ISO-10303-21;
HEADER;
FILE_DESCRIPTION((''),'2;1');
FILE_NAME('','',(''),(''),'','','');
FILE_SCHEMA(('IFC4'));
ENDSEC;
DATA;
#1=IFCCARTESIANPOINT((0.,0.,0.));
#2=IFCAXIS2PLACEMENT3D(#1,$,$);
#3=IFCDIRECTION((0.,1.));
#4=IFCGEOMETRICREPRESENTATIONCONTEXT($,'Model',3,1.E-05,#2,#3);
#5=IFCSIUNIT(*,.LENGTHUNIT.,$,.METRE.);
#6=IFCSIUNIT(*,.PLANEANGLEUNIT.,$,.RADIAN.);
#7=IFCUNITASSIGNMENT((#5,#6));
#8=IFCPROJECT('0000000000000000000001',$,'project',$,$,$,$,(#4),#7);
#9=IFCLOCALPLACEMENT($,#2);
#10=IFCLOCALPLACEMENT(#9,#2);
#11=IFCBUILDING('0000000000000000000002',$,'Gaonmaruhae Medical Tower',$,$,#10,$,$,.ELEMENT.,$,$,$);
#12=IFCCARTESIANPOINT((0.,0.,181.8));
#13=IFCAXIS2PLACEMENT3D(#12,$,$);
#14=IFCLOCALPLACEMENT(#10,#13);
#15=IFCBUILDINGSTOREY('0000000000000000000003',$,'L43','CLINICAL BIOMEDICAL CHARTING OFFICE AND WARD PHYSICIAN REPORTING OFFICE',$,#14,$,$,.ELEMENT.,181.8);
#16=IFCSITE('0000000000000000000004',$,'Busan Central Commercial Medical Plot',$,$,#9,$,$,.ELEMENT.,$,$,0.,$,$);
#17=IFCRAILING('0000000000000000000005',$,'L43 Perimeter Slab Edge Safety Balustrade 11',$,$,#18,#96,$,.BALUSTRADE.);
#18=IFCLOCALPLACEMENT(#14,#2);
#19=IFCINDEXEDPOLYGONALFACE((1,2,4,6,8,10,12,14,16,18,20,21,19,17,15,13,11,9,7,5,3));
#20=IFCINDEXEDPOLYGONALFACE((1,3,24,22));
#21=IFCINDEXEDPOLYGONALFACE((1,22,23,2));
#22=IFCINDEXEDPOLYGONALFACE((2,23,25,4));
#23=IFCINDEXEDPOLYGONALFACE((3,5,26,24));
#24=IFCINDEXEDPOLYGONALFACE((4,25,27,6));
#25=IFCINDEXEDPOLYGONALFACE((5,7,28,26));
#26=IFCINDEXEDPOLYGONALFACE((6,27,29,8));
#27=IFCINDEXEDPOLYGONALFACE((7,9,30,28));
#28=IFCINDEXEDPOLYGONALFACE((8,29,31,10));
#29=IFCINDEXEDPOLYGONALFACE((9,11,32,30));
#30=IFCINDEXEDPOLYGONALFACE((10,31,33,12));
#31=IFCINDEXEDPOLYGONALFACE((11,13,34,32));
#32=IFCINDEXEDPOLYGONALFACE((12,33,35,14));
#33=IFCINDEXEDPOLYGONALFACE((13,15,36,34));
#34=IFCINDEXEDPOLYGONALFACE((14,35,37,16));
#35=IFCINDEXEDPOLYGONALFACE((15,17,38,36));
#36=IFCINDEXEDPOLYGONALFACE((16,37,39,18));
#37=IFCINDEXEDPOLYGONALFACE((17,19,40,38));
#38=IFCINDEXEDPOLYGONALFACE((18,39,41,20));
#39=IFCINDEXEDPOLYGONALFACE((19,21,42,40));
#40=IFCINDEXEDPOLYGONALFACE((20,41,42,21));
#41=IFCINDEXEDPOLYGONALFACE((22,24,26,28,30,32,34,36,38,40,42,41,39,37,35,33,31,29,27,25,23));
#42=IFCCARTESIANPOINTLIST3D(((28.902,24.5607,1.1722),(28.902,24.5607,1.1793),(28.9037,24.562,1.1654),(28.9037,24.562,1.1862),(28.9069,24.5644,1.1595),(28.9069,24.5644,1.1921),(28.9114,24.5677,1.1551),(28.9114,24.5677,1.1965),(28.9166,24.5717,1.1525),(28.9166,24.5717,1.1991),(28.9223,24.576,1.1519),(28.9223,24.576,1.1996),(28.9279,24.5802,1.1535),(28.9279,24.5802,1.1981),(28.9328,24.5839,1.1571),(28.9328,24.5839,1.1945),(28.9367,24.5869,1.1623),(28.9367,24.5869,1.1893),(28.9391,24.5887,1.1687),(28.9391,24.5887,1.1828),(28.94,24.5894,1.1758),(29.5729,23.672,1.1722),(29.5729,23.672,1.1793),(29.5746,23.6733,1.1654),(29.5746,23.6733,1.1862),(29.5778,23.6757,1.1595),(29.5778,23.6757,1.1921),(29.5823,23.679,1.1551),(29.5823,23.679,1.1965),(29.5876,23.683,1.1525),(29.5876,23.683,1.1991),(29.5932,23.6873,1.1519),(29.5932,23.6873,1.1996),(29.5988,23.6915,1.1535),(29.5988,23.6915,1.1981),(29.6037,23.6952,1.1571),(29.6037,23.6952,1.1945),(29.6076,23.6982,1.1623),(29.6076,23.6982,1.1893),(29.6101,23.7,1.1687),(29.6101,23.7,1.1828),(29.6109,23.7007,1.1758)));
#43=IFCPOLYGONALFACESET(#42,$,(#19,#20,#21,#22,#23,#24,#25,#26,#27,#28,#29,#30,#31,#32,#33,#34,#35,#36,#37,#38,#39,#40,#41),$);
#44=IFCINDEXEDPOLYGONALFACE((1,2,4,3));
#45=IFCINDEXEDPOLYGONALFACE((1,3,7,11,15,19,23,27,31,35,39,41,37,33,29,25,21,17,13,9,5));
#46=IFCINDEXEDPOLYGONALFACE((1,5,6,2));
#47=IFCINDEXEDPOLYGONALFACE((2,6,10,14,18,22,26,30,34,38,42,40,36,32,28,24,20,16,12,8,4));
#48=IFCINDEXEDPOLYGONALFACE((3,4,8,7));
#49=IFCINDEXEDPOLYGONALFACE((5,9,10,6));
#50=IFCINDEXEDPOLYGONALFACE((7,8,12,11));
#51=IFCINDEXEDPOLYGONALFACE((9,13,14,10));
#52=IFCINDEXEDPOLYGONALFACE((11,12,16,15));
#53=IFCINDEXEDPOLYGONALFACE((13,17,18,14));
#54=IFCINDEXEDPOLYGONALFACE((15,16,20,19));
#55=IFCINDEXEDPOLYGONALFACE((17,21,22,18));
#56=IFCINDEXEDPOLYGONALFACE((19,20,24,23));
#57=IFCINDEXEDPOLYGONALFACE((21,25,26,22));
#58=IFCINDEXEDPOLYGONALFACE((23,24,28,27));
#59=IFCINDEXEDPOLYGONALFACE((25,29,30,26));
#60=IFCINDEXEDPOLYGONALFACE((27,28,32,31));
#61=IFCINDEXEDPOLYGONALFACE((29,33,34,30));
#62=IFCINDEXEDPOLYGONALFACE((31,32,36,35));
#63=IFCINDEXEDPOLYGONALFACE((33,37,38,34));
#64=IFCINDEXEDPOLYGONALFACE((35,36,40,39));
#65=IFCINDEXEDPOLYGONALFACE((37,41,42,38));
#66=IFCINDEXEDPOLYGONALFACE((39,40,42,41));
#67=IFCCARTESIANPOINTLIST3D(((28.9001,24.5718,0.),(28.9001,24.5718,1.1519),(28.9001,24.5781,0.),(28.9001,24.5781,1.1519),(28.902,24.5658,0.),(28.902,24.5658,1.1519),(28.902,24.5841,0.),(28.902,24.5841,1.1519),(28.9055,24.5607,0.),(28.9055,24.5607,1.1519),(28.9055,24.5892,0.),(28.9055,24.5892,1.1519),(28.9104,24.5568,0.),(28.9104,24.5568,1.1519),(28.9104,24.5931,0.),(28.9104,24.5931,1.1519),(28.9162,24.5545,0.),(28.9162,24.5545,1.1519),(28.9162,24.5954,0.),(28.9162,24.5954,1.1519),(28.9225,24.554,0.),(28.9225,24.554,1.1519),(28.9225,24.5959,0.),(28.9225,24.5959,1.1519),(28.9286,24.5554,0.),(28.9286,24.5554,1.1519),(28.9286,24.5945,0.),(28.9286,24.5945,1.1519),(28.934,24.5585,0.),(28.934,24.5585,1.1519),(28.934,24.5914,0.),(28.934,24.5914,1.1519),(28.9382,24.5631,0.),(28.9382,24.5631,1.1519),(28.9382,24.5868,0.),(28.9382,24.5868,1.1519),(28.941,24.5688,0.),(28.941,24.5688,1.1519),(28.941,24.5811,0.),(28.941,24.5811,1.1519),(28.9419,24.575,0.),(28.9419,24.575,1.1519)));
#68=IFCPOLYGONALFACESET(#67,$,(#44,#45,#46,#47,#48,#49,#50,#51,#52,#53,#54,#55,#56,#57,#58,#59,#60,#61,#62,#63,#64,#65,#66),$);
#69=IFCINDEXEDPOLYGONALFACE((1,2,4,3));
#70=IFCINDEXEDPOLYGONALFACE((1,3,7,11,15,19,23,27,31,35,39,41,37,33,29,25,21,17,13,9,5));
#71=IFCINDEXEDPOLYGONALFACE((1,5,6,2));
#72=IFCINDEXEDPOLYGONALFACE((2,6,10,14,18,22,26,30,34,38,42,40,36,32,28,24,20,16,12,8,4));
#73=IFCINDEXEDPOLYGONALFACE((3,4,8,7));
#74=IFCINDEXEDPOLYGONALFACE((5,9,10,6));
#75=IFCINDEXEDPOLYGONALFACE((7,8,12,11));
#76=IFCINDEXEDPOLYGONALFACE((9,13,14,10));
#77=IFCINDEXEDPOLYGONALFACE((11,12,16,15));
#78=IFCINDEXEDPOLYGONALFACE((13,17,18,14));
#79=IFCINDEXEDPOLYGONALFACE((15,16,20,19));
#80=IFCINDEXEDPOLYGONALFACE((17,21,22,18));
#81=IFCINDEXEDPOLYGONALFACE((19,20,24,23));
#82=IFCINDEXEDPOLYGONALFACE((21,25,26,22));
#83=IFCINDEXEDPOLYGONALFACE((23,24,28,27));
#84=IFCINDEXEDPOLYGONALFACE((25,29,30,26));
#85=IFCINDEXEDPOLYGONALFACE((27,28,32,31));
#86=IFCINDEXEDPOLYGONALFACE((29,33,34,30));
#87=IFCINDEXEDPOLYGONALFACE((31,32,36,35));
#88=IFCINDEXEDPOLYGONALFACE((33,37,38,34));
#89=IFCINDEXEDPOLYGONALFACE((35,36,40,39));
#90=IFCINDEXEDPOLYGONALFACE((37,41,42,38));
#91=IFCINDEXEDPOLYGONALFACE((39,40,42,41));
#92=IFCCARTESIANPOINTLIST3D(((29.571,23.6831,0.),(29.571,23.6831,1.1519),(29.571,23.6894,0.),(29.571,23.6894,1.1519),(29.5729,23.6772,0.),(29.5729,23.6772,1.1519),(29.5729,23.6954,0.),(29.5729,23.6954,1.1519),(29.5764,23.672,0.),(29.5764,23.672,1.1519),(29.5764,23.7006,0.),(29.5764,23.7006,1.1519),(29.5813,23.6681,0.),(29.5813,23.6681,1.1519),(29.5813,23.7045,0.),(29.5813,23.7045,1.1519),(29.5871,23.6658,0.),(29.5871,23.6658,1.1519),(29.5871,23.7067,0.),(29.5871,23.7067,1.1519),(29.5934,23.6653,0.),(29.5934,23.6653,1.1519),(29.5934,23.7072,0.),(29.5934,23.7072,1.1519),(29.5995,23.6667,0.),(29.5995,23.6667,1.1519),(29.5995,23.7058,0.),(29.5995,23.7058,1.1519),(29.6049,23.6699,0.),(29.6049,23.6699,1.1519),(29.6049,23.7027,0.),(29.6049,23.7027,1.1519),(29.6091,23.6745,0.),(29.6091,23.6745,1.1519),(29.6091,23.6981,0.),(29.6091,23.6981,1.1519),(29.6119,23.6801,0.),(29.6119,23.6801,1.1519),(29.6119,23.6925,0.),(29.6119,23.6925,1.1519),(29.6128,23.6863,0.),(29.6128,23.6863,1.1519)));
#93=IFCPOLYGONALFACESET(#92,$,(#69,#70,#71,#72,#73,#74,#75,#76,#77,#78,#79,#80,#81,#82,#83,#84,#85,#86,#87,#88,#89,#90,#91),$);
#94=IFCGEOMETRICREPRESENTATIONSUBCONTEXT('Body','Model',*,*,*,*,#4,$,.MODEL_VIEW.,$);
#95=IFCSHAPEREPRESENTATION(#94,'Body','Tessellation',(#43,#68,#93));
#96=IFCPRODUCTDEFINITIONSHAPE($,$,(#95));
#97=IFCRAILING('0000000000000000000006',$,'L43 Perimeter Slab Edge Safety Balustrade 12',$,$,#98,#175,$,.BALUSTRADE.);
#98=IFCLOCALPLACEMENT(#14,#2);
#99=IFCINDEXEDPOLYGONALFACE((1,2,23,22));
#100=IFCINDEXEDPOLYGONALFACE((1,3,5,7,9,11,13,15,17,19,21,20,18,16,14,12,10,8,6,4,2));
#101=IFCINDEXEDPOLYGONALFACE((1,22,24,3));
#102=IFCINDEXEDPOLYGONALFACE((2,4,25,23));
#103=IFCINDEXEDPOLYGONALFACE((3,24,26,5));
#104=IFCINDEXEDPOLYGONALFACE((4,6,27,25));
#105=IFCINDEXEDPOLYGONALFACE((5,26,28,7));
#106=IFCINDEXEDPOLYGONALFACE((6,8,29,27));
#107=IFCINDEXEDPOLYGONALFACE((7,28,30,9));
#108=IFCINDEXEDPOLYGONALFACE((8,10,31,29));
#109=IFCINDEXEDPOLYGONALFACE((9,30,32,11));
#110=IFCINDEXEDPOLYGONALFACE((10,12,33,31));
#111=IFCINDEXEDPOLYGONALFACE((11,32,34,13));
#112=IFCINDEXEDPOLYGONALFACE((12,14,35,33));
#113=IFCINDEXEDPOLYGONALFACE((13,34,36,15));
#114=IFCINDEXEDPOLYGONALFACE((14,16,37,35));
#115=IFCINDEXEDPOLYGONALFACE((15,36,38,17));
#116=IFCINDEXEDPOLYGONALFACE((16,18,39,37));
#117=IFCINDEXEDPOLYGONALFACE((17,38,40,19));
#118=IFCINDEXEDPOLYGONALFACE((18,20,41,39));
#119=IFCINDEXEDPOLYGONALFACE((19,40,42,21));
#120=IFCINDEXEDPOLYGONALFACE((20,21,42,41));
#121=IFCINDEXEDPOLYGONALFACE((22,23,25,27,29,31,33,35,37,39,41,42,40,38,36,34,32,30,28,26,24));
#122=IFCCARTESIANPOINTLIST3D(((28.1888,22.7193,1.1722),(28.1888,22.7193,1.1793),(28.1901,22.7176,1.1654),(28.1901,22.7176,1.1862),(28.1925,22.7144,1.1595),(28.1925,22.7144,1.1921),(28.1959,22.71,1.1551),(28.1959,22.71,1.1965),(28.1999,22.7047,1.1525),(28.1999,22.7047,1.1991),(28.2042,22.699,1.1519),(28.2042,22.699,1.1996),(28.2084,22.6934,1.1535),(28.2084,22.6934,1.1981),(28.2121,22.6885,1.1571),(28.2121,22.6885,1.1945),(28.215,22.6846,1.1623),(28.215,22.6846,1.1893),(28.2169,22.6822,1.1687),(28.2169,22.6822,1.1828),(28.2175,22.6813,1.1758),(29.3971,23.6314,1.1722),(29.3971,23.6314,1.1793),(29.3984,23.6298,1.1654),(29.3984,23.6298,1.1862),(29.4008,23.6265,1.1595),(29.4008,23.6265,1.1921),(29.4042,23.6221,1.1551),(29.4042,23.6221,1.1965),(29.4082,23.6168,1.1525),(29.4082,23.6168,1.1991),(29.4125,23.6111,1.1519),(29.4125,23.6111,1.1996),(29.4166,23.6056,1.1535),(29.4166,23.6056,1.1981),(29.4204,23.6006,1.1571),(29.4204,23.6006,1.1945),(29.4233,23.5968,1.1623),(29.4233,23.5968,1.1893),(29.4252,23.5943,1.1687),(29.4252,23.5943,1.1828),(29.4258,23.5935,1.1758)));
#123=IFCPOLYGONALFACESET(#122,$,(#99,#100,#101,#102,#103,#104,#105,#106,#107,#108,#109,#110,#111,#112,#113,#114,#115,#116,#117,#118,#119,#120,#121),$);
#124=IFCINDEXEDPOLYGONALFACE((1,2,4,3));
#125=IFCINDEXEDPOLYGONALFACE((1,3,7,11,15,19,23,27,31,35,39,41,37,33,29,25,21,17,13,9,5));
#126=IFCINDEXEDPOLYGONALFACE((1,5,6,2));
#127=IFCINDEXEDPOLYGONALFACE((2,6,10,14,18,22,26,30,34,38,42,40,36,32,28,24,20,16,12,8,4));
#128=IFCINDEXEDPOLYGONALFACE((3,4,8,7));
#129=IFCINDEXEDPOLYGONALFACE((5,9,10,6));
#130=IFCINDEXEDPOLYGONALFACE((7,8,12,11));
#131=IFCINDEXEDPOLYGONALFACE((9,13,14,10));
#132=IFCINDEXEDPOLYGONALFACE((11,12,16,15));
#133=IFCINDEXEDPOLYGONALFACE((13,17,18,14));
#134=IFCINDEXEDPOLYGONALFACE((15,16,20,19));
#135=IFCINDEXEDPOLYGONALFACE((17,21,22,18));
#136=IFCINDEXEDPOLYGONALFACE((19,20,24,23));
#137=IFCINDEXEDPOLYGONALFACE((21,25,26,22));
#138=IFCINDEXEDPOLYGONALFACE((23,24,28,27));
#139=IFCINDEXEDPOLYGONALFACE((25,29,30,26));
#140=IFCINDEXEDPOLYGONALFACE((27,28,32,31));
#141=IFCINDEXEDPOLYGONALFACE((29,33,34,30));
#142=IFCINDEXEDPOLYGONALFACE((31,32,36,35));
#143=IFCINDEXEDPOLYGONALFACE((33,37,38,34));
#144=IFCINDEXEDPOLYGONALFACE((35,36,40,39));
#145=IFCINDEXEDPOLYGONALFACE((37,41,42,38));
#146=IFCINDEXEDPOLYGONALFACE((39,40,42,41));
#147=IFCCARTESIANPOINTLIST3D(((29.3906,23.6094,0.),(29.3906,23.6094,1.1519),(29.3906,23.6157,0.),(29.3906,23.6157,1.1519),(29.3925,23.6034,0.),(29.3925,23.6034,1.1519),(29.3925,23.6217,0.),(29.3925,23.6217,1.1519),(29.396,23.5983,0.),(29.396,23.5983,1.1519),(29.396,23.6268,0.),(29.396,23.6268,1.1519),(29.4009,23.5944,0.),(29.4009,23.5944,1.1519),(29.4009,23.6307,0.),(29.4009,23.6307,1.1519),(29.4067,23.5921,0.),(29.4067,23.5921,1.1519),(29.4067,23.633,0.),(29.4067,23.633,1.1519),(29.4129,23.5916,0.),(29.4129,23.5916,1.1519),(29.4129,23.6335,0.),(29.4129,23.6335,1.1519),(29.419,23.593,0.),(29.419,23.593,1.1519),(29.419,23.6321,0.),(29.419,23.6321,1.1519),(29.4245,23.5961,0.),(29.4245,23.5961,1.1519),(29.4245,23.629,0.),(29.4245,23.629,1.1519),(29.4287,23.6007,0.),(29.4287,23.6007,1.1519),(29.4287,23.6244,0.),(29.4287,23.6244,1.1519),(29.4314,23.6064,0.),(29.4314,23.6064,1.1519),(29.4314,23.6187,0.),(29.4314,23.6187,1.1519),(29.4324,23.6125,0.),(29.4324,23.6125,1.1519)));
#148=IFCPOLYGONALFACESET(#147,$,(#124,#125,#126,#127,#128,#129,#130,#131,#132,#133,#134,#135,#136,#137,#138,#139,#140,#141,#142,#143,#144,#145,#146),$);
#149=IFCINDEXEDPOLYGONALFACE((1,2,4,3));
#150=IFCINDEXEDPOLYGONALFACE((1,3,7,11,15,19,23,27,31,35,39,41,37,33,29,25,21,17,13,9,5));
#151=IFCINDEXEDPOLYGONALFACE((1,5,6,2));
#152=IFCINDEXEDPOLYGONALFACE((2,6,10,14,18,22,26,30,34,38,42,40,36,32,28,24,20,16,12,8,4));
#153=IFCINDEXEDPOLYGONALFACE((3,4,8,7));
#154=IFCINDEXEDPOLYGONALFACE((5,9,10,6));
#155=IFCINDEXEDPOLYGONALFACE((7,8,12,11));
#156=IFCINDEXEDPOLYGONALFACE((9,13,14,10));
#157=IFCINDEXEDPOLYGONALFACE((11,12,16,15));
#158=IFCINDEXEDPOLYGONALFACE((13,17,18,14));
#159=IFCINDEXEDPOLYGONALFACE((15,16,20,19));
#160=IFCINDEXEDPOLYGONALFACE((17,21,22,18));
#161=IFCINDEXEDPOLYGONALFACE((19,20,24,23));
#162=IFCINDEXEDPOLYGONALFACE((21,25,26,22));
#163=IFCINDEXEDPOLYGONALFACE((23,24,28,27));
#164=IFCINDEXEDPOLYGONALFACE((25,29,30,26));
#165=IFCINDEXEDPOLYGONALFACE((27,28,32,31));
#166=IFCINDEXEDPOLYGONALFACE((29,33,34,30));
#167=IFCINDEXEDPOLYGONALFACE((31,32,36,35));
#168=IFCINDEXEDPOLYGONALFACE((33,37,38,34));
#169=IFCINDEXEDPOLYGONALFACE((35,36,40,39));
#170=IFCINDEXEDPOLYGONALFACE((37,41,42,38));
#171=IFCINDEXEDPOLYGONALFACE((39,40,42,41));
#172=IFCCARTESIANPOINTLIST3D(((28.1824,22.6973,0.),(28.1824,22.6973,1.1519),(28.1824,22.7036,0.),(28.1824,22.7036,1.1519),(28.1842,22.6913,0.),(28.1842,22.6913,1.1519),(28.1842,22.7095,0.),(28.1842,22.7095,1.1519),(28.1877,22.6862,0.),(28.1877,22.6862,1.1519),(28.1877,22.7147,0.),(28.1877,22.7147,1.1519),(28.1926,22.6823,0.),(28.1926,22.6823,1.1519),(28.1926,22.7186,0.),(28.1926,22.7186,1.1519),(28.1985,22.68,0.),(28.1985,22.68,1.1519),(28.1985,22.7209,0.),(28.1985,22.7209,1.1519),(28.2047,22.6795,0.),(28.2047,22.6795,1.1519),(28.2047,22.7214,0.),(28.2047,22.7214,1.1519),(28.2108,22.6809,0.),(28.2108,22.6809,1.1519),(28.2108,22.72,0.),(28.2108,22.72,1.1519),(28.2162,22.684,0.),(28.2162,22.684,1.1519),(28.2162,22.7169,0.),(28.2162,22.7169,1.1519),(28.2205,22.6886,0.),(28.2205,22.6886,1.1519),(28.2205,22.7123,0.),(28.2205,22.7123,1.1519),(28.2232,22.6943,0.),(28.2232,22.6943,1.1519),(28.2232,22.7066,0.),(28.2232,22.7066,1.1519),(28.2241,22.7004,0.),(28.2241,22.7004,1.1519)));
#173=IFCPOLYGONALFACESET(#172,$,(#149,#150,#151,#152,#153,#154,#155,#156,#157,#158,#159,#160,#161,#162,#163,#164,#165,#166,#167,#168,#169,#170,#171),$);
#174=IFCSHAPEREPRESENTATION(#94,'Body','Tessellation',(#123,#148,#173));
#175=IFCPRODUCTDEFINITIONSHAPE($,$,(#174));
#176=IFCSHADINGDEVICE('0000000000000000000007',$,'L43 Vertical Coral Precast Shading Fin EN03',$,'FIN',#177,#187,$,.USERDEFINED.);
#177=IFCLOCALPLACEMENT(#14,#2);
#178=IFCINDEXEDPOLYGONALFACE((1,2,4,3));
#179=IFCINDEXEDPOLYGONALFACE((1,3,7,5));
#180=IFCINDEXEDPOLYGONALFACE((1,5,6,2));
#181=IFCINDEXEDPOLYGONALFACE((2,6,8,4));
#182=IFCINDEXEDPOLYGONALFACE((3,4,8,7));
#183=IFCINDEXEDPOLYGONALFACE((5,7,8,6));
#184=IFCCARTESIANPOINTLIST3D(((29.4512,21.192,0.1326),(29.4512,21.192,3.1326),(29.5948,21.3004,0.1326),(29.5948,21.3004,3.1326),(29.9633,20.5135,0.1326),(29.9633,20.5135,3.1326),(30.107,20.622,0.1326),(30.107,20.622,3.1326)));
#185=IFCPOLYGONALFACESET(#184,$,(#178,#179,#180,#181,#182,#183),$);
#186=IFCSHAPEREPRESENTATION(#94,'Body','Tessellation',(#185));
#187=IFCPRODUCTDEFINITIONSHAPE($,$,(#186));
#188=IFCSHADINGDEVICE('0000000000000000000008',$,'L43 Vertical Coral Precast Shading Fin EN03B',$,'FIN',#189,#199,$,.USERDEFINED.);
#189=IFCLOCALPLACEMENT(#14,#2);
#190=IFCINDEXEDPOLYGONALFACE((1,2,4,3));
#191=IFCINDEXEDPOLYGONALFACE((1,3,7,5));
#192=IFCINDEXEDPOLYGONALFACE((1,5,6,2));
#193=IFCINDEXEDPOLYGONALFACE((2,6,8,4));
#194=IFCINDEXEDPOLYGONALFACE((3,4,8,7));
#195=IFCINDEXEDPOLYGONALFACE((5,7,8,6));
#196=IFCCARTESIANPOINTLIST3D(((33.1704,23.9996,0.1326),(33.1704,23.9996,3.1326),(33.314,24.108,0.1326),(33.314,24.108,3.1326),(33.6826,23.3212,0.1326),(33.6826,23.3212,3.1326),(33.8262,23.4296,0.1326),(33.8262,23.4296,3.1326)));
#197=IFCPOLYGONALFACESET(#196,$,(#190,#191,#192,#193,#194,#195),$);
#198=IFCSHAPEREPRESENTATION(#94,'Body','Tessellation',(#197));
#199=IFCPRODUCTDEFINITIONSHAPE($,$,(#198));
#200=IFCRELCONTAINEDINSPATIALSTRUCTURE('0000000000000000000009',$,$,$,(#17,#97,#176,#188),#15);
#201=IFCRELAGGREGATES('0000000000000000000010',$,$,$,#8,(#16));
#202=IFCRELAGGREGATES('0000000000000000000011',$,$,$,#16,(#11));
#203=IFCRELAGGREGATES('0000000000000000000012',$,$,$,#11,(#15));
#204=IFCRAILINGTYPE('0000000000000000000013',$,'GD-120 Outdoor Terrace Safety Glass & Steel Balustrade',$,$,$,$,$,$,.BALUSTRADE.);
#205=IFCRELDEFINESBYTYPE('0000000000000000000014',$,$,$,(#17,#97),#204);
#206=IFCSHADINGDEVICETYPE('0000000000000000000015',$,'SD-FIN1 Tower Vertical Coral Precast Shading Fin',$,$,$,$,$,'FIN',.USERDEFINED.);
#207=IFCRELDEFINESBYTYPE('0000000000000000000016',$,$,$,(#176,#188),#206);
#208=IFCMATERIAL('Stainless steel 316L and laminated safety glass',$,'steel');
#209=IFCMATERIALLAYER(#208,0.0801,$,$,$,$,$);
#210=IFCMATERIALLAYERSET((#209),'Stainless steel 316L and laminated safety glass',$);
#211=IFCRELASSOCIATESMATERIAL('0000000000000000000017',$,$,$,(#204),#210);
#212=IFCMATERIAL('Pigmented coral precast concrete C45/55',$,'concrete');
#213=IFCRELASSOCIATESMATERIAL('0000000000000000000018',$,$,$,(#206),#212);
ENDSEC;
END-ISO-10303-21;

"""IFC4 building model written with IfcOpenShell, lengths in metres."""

from ifc_helpers import new_model, si_unit, direction, frame, origin, origin_2d, place, context, subcontext, project, spatial, rectangle, circle, extrude, material, layer, layer_set, type_object, element, save


model = new_model("IFC4")

# Units and contexts
model_context = context("Model", 3, precision=1e-05, world=origin(), true_north=direction((0.0, 1.0)))
body_context = subcontext(model_context, "Body", "Model", "MODEL_VIEW")
ifc_project = project(units=[si_unit("LENGTHUNIT", "METRE"), si_unit("PLANEANGLEUNIT", "RADIAN")], contexts=[model_context])

# Site, building, storey
site_placement = place(None, origin())
site = spatial("IfcSite", under=ifc_project, at=site_placement, Name="Busan Central Commercial Medical Plot", CompositionType="ELEMENT", RefElevation=0.0)
building_placement = place(site_placement, origin())
building = spatial("IfcBuilding", under=site, at=building_placement, Name="Gaonmaruhae Medical Tower", CompositionType="ELEMENT")
storey_placement = place(building_placement, frame((0.0, 0.0, 181.8)))
storey = spatial("IfcBuildingStorey", under=building, at=storey_placement, Name="L43", Description="CLINICAL BIOMEDICAL CHARTING OFFICE AND WARD PHYSICIAN REPORTING OFFICE", CompositionType="ELEMENT", Elevation=181.8)

# Railings
ifc_material_1 = material(Name="Stainless steel 316L and laminated safety glass", Category="steel")
ifc_layer_1 = layer(ifc_material_1, 0.0801)
ifc_layer_set_1 = layer_set([ifc_layer_1], Name="Stainless steel 316L and laminated safety glass")
railing_type = type_object("IfcRailingType", Name="GD-120 Outdoor Terrace Safety Glass & Steel Balustrade", PredefinedType="BALUSTRADE", material=ifc_layer_set_1)
railing_1_placement = place(storey_placement, frame((28.9209, 24.575, 0.0)))
element("IfcRailing", 1, at=railing_1_placement, inside=storey, type_object=railing_type, Name="L43 Perimeter Slab Edge Safety Balustrade 11", PredefinedType="BALUSTRADE", context=body_context, shape_type="SweptSolid", body=[
    extrude(circle(Radius=0.0239, at=origin_2d()), frame((0.0, 0.0, 1.1758), z_axis=(0.602523, -0.798102, 0.0), x_axis=(0.798102, 0.602523, 0.0)), (0.0, 0.0, 1.0), 1.1135),
    extrude(circle(Radius=0.021, at=origin_2d()), origin(), (0.0, 0.0, 1.0), 1.1519),
    extrude(circle(Radius=0.021, at=origin_2d()), frame((0.6709, -0.8887, 0.0)), (0.0, 0.0, 1.0), 1.1519),
])
railing_2_placement = place(storey_placement, frame((29.4114, 23.6125, 0.0)))
element("IfcRailing", 2, at=railing_2_placement, inside=storey, type_object=railing_type, Name="L43 Perimeter Slab Edge Safety Balustrade 12", PredefinedType="BALUSTRADE", context=body_context, shape_type="SweptSolid", body=[
    extrude(circle(Radius=0.0239, at=origin_2d()), frame((0.0, 0.0, 1.1758), z_axis=(-0.798119, -0.6025, 0.0), x_axis=(0.6025, -0.798119, 0.0)), (0.0, 0.0, 1.0), 1.5139),
    extrude(circle(Radius=0.021, at=origin_2d()), origin(), (0.0, 0.0, 1.0), 1.1519),
    extrude(circle(Radius=0.021, at=origin_2d()), frame((-1.2083, -0.9121, 0.0)), (0.0, 0.0, 1.0), 1.1519),
])

# Shading devices
ifc_material_2 = material(Name="Pigmented coral precast concrete C45/55", Category="concrete")
shading_device_type = type_object("IfcShadingDeviceType", Name="SD-FIN1 Tower Vertical Coral Precast Shading Fin", ElementType="FIN", PredefinedType="USERDEFINED", material=ifc_material_2)
for number, where, z_axis, x_axis, name in (
    (3, (29.7791, 20.907, 0.1326), (0.0, 0.0, 1.0), (0.79811, 0.602512, 0.0), "L43 Vertical Coral Precast Shading Fin EN03"),
    (4, (33.4983, 23.7146, 0.1326), (0.0, 0.0, 1.0), (0.79811, 0.602512, 0.0), "L43 Vertical Coral Precast Shading Fin EN03B"),
):
    element("IfcShadingDevice", number, at=place(storey_placement, frame(where, z_axis=z_axis, x_axis=x_axis)), inside=storey, type_object=shading_device_type, Name=name, ObjectType="FIN", PredefinedType="USERDEFINED", context=body_context, shape_type="SweptSolid", body=[
        extrude(rectangle(XDim=0.1799, YDim=0.8501, at=origin_2d()), origin(), (0.0, 0.0, 1.0), 3.0),
    ])

save(model, "model.ifc")
